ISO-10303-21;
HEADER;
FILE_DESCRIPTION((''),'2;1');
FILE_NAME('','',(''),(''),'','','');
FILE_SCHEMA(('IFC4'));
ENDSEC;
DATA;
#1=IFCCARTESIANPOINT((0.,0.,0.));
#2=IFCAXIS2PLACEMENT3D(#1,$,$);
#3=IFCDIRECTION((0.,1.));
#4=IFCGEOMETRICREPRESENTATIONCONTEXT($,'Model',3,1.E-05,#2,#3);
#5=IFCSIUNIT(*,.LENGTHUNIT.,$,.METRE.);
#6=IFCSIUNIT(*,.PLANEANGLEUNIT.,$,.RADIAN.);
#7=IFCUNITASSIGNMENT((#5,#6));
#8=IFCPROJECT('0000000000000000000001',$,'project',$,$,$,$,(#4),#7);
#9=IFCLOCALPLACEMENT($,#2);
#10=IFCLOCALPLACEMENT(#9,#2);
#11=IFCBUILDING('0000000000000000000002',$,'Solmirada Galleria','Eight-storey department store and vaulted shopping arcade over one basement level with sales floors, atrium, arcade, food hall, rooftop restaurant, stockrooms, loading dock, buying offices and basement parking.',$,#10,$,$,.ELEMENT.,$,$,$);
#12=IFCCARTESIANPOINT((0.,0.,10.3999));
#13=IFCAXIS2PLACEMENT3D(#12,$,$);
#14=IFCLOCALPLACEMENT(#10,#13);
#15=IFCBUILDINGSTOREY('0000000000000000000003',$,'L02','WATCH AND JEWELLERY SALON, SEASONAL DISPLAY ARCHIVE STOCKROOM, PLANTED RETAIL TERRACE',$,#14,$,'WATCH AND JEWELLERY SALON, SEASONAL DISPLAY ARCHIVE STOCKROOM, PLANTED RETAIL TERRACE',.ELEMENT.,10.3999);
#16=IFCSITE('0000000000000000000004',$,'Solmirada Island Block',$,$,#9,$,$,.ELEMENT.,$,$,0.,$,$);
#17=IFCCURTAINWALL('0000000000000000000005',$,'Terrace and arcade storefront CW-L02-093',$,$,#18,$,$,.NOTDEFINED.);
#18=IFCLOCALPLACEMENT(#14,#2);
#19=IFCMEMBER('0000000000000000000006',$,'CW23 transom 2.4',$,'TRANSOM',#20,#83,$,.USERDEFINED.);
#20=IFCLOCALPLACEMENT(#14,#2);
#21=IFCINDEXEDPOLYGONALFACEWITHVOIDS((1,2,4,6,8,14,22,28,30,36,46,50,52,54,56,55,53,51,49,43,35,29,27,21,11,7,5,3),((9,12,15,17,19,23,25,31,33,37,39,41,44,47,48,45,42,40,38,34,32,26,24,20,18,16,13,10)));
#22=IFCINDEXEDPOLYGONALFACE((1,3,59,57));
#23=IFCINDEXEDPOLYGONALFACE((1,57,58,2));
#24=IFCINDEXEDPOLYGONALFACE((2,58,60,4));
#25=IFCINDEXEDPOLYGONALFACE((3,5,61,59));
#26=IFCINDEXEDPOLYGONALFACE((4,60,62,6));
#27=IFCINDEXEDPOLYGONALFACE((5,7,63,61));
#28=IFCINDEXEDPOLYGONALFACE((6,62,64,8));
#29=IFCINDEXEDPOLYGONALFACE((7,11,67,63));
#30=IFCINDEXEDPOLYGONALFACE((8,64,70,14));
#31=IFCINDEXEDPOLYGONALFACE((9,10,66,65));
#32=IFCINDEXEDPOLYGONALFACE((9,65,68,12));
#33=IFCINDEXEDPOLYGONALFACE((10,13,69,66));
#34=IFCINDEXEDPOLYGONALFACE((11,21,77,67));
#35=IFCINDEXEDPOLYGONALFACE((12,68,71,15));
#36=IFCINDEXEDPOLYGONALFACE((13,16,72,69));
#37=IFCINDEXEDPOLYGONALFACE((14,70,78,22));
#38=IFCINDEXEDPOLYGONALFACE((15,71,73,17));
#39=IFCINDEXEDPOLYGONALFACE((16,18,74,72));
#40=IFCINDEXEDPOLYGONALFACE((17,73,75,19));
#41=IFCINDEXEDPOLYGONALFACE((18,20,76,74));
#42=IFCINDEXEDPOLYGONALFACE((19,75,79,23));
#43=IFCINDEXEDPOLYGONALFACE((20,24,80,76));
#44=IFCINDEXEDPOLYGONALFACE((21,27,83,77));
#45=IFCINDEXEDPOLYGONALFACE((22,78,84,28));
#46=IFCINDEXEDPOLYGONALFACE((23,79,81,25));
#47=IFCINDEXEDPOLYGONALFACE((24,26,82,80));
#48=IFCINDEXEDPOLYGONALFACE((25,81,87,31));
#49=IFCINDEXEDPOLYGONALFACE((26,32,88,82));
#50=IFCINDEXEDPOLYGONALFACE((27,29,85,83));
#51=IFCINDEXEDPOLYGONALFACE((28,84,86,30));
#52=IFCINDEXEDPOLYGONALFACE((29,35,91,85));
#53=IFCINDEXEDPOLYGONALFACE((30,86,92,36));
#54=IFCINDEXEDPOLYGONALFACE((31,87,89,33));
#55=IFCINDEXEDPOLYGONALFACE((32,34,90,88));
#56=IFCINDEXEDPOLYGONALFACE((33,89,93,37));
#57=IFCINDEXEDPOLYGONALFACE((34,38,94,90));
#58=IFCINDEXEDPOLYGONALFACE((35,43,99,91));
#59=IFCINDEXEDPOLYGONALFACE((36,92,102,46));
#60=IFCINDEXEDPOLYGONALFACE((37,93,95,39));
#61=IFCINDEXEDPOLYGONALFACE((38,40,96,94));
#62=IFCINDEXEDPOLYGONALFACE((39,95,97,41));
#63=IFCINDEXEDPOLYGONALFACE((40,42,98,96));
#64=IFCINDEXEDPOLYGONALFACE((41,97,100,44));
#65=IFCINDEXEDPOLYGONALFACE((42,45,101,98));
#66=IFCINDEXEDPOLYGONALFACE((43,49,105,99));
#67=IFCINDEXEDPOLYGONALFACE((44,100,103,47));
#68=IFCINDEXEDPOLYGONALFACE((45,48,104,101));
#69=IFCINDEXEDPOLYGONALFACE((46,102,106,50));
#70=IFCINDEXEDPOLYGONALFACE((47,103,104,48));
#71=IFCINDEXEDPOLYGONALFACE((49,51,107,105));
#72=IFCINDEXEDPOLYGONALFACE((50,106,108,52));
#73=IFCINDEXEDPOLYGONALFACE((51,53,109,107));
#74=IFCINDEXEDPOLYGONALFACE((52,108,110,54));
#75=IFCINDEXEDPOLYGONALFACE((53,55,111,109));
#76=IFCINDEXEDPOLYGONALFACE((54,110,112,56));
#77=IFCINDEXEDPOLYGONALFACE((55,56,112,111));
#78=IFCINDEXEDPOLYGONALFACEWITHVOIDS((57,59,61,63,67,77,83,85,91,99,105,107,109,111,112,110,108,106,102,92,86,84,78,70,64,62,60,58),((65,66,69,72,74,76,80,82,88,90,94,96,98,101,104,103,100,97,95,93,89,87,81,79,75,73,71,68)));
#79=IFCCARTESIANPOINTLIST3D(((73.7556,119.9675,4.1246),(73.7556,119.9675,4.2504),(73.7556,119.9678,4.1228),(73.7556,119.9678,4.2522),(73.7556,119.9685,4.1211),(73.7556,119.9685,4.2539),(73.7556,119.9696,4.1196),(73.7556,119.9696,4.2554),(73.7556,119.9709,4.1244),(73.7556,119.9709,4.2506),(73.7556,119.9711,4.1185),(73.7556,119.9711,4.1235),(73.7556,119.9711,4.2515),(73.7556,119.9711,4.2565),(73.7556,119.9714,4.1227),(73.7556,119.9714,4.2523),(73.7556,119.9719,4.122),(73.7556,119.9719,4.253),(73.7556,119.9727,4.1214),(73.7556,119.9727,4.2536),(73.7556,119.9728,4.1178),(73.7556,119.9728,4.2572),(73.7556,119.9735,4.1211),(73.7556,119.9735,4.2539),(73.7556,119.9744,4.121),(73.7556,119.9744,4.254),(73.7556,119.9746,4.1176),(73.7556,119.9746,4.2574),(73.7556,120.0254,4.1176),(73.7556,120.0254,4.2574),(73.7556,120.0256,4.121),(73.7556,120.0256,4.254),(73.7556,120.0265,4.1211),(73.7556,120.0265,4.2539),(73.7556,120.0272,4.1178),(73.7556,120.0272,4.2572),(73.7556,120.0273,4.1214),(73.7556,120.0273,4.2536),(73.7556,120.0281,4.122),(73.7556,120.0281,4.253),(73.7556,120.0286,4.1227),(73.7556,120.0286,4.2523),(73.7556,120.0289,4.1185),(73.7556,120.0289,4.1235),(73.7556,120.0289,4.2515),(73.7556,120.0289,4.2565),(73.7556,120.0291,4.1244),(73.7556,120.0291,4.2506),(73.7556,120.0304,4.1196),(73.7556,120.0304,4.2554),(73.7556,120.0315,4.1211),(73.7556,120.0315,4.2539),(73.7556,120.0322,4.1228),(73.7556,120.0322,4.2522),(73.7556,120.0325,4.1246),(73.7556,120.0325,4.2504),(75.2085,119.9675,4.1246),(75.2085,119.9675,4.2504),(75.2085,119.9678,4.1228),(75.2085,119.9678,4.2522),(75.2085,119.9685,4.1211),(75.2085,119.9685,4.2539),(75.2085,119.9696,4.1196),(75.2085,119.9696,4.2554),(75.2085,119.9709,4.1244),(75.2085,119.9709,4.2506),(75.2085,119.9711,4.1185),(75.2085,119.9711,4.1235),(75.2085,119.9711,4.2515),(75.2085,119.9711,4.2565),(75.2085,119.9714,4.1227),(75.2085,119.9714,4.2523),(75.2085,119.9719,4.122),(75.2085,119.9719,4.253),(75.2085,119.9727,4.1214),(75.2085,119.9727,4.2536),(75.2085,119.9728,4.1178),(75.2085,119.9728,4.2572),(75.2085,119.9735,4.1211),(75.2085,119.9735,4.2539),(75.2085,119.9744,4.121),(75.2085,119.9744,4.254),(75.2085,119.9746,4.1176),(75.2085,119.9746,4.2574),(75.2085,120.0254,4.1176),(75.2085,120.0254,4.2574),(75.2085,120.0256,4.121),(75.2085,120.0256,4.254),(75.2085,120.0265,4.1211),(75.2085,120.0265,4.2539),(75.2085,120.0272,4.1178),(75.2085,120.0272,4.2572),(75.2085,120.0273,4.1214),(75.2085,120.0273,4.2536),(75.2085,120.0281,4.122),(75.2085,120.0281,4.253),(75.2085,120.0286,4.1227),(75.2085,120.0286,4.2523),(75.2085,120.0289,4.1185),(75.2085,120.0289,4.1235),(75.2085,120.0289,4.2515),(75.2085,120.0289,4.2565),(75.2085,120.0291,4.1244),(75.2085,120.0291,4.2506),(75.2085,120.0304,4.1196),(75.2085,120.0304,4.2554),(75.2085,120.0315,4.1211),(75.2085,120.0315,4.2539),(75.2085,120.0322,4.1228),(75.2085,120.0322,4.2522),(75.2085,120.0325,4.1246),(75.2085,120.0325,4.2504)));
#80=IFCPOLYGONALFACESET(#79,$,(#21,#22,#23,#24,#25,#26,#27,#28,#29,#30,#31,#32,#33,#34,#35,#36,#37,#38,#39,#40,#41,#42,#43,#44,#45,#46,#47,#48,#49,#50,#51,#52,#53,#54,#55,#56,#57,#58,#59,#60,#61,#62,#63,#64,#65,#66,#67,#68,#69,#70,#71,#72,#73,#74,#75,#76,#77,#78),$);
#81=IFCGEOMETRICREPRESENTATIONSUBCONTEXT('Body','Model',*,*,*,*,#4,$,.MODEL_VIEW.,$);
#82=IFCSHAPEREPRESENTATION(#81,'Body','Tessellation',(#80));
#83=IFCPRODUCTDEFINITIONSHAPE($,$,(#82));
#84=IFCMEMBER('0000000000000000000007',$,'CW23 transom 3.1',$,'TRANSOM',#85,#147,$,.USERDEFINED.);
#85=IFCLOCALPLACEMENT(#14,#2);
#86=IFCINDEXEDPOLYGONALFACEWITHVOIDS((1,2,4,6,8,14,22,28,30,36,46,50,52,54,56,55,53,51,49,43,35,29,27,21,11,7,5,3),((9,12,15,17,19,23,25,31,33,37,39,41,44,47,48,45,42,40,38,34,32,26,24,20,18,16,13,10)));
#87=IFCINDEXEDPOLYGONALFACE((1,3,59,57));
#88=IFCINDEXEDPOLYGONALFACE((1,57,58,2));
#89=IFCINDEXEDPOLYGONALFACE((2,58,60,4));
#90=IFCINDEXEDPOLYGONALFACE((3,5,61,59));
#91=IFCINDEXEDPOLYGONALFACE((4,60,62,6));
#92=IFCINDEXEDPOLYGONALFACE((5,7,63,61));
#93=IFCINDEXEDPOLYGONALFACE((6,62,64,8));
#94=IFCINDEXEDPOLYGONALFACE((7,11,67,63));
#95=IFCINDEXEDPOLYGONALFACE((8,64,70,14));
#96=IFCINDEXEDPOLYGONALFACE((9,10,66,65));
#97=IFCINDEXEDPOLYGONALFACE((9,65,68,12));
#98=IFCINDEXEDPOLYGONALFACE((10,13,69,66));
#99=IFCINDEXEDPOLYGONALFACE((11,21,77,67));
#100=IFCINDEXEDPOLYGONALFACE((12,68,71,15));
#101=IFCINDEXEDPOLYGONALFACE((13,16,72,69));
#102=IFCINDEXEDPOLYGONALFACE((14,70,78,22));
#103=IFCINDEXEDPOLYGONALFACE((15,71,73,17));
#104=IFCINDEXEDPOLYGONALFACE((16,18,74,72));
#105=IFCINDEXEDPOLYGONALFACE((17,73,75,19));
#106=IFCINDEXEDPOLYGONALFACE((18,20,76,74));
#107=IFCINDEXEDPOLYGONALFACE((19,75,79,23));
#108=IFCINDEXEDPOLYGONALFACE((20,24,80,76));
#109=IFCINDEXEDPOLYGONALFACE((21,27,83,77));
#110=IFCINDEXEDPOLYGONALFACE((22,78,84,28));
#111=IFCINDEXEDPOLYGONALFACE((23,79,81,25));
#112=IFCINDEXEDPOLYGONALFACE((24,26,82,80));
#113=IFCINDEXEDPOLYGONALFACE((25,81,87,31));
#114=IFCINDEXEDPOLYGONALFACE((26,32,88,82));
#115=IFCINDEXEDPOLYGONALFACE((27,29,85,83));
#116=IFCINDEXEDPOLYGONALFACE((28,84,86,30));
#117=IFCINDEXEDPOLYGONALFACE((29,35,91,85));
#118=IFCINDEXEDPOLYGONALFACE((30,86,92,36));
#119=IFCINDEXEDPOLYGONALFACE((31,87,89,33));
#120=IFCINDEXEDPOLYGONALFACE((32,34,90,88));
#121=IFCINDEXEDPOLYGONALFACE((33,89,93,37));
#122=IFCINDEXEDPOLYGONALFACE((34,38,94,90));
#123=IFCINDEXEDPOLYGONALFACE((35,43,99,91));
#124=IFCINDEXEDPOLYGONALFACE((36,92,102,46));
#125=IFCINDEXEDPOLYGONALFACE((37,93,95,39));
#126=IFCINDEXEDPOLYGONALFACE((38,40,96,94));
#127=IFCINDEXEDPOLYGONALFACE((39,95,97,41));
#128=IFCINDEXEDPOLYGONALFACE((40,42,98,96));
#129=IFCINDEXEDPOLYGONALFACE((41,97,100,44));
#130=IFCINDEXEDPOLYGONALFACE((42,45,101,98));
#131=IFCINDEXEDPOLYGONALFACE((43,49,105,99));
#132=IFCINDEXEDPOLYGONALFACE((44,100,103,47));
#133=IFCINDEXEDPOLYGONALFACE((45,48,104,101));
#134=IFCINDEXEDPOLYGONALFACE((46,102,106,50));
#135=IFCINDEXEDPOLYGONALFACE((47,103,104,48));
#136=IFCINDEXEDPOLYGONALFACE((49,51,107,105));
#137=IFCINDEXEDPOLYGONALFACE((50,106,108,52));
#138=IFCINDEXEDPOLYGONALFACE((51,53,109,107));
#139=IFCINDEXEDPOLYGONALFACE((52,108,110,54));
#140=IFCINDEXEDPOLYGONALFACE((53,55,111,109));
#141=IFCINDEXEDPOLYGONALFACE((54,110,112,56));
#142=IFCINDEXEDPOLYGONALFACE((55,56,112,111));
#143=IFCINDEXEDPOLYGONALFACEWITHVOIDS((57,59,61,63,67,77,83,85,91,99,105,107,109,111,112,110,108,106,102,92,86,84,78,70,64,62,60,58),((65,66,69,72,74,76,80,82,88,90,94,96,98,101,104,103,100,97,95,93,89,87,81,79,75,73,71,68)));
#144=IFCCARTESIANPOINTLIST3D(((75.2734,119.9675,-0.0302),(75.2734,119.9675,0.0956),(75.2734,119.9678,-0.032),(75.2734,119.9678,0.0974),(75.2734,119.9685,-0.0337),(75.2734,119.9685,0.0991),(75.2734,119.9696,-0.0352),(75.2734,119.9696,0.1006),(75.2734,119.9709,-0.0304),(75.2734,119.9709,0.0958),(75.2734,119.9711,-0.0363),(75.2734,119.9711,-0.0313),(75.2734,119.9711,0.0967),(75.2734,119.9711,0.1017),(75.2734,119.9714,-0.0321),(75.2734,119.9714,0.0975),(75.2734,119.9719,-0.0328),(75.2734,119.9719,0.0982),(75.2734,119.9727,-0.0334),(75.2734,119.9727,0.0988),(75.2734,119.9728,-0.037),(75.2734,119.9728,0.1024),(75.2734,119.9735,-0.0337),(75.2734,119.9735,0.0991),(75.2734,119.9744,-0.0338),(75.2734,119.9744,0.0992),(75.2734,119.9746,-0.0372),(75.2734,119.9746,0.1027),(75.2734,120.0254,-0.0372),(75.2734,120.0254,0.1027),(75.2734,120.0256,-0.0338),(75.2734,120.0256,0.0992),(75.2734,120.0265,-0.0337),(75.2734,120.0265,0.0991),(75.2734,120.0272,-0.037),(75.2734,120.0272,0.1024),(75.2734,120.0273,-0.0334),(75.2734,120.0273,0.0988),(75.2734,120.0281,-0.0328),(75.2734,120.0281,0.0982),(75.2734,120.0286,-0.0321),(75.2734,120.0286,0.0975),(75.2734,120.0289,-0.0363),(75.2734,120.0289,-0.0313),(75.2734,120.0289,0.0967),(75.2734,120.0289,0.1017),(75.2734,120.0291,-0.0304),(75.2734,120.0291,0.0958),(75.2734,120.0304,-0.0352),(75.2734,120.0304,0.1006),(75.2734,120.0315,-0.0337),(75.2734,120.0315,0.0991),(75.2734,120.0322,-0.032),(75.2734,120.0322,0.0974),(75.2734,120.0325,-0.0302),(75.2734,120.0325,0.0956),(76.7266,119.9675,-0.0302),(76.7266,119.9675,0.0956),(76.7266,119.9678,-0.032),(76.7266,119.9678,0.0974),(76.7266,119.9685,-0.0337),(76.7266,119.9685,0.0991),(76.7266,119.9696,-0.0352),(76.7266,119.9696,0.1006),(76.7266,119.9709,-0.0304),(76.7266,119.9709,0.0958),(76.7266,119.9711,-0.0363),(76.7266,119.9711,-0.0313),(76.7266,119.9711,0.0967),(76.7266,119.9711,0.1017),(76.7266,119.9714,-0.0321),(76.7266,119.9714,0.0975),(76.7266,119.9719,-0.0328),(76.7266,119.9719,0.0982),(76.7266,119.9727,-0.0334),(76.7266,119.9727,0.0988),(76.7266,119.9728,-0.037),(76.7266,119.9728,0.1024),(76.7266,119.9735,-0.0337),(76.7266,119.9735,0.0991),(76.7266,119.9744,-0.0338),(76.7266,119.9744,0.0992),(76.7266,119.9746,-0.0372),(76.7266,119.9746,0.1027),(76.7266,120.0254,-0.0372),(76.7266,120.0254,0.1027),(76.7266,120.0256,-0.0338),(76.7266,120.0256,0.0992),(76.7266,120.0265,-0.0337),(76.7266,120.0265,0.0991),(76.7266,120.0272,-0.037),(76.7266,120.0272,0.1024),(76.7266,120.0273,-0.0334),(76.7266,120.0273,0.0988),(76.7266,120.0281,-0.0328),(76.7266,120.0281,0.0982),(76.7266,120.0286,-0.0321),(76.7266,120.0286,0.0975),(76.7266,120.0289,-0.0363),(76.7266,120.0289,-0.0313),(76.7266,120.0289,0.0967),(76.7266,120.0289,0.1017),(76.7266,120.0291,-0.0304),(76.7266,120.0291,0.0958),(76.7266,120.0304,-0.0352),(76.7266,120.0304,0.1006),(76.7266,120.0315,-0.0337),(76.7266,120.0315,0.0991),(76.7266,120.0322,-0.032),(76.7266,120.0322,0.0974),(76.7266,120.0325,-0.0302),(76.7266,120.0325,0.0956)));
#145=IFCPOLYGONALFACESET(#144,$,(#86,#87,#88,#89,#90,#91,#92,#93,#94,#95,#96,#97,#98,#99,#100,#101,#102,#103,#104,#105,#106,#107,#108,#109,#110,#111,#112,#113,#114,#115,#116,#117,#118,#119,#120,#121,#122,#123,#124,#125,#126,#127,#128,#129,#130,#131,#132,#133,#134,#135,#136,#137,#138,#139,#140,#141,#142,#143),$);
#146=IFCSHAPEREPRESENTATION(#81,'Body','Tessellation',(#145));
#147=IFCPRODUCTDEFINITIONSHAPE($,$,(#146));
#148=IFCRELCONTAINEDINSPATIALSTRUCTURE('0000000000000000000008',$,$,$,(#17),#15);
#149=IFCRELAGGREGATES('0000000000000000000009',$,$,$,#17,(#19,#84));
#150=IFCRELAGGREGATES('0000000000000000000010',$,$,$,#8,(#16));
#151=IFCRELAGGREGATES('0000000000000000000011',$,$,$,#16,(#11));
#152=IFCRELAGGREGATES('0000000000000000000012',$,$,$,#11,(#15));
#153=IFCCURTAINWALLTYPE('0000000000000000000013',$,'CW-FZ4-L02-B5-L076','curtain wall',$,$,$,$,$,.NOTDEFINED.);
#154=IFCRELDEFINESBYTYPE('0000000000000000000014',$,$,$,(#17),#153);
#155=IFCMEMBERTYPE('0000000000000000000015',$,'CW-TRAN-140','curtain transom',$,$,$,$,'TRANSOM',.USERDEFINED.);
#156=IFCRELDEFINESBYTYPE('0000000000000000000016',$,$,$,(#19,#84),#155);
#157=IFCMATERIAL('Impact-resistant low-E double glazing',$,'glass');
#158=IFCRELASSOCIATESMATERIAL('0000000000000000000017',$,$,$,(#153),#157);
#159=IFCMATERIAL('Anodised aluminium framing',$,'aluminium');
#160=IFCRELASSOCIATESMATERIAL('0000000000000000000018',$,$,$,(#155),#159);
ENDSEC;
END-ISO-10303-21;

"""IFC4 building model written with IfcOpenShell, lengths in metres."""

from ifc_helpers import new_model, si_unit, direction, frame, origin, origin_2d, place, context, subcontext, project, spatial, hollow_rectangle, extrude, material, material_profile, profile_set, type_object, element, aggregate, save


model = new_model("IFC4")

# Units and contexts
model_context = context("Model", 3, precision=1e-05, world=origin(), true_north=direction((0.0, 1.0)))
body_context = subcontext(model_context, "Body", "Model", "MODEL_VIEW")
ifc_project = project(units=[si_unit("LENGTHUNIT", "METRE"), si_unit("PLANEANGLEUNIT", "RADIAN")], contexts=[model_context])

# Site, building, storey
site_placement = place(None, origin())
site = spatial("IfcSite", under=ifc_project, at=site_placement, Name="Solmirada Island Block", CompositionType="ELEMENT", RefElevation=0.0)
building_placement = place(site_placement, origin())
building = spatial("IfcBuilding", under=site, at=building_placement, Name="Solmirada Galleria", Description="Eight-storey department store and vaulted shopping arcade over one basement level with sales floors, atrium, arcade, food hall, rooftop restaurant, stockrooms, loading dock, buying offices and basement parking.", CompositionType="ELEMENT")
storey_placement = place(building_placement, frame((0.0, 0.0, 10.3999)))
storey = spatial("IfcBuildingStorey", under=building, at=storey_placement, Name="L02", Description="WATCH AND JEWELLERY SALON, SEASONAL DISPLAY ARCHIVE STOCKROOM, PLANTED RETAIL TERRACE", LongName="WATCH AND JEWELLERY SALON, SEASONAL DISPLAY ARCHIVE STOCKROOM, PLANTED RETAIL TERRACE", CompositionType="ELEMENT", Elevation=10.3999)

# Curtain wall, members
ifc_material_1 = material(Name="Impact-resistant low-E double glazing", Category="glass")
curtain_wall_type = type_object("IfcCurtainWallType", Name="CW-FZ4-L02-B5-L076", Description="curtain wall", PredefinedType="NOTDEFINED", material=ifc_material_1)
curtain_wall_placement = place(storey_placement, origin())
curtain_wall = element("IfcCurtainWall", 1, at=curtain_wall_placement, inside=storey, type_object=curtain_wall_type, Name="Terrace and arcade storefront CW-L02-093", PredefinedType="NOTDEFINED")
ifc_material_2 = material(Name="Anodised aluminium framing", Category="aluminium")
ifc_material_profile_1 = material_profile(ifc_material_2, hollow_rectangle(XDim=0.0649, YDim=0.1399, WallThickness=0.0034, InnerFilletRadius=0.0034, OuterFilletRadius=0.0071, at=origin_2d()), Name="ALU-TRAN-140X65")
ifc_profile_set_1 = profile_set([ifc_material_profile_1], Name="Anodised aluminium framing")
member_type_1 = type_object("IfcMemberType", Name="CW-TRAN-140", Description="curtain transom", ElementType="TRANSOM", PredefinedType="USERDEFINED", material=ifc_profile_set_1)
member_1_placement = place(storey_placement, frame((73.7556, 120.0, 4.1875), z_axis=(1.0, 0.0, 0.0), x_axis=(0.0, 1.0, 0.0)))
member_1 = element("IfcMember", 2, at=member_1_placement, type_object=member_type_1, Name="CW23 transom 2.4", ObjectType="TRANSOM", PredefinedType="USERDEFINED", context=body_context, shape_type="SweptSolid", body=[
    extrude(hollow_rectangle(XDim=0.0649, YDim=0.1399, WallThickness=0.0034, InnerFilletRadius=0.0034, OuterFilletRadius=0.0071, at=origin_2d()), origin(), (0.0, 0.0, 1.0), 1.4529),
])
member_2_placement = place(storey_placement, frame((75.2734, 120.0, 0.0327), z_axis=(1.0, 0.0, 0.0), x_axis=(0.0, 1.0, 0.0)))
member_2 = element("IfcMember", 3, at=member_2_placement, type_object=member_type_1, Name="CW23 transom 3.1", ObjectType="TRANSOM", PredefinedType="USERDEFINED", context=body_context, shape_type="SweptSolid", body=[
    extrude(hollow_rectangle(XDim=0.0649, YDim=0.1399, WallThickness=0.0034, InnerFilletRadius=0.0034, OuterFilletRadius=0.0071, at=origin_2d()), origin(), (0.0, 0.0, 1.0), 1.4531),
])
aggregate(curtain_wall, [member_1, member_2])

save(model, "model.ifc")
